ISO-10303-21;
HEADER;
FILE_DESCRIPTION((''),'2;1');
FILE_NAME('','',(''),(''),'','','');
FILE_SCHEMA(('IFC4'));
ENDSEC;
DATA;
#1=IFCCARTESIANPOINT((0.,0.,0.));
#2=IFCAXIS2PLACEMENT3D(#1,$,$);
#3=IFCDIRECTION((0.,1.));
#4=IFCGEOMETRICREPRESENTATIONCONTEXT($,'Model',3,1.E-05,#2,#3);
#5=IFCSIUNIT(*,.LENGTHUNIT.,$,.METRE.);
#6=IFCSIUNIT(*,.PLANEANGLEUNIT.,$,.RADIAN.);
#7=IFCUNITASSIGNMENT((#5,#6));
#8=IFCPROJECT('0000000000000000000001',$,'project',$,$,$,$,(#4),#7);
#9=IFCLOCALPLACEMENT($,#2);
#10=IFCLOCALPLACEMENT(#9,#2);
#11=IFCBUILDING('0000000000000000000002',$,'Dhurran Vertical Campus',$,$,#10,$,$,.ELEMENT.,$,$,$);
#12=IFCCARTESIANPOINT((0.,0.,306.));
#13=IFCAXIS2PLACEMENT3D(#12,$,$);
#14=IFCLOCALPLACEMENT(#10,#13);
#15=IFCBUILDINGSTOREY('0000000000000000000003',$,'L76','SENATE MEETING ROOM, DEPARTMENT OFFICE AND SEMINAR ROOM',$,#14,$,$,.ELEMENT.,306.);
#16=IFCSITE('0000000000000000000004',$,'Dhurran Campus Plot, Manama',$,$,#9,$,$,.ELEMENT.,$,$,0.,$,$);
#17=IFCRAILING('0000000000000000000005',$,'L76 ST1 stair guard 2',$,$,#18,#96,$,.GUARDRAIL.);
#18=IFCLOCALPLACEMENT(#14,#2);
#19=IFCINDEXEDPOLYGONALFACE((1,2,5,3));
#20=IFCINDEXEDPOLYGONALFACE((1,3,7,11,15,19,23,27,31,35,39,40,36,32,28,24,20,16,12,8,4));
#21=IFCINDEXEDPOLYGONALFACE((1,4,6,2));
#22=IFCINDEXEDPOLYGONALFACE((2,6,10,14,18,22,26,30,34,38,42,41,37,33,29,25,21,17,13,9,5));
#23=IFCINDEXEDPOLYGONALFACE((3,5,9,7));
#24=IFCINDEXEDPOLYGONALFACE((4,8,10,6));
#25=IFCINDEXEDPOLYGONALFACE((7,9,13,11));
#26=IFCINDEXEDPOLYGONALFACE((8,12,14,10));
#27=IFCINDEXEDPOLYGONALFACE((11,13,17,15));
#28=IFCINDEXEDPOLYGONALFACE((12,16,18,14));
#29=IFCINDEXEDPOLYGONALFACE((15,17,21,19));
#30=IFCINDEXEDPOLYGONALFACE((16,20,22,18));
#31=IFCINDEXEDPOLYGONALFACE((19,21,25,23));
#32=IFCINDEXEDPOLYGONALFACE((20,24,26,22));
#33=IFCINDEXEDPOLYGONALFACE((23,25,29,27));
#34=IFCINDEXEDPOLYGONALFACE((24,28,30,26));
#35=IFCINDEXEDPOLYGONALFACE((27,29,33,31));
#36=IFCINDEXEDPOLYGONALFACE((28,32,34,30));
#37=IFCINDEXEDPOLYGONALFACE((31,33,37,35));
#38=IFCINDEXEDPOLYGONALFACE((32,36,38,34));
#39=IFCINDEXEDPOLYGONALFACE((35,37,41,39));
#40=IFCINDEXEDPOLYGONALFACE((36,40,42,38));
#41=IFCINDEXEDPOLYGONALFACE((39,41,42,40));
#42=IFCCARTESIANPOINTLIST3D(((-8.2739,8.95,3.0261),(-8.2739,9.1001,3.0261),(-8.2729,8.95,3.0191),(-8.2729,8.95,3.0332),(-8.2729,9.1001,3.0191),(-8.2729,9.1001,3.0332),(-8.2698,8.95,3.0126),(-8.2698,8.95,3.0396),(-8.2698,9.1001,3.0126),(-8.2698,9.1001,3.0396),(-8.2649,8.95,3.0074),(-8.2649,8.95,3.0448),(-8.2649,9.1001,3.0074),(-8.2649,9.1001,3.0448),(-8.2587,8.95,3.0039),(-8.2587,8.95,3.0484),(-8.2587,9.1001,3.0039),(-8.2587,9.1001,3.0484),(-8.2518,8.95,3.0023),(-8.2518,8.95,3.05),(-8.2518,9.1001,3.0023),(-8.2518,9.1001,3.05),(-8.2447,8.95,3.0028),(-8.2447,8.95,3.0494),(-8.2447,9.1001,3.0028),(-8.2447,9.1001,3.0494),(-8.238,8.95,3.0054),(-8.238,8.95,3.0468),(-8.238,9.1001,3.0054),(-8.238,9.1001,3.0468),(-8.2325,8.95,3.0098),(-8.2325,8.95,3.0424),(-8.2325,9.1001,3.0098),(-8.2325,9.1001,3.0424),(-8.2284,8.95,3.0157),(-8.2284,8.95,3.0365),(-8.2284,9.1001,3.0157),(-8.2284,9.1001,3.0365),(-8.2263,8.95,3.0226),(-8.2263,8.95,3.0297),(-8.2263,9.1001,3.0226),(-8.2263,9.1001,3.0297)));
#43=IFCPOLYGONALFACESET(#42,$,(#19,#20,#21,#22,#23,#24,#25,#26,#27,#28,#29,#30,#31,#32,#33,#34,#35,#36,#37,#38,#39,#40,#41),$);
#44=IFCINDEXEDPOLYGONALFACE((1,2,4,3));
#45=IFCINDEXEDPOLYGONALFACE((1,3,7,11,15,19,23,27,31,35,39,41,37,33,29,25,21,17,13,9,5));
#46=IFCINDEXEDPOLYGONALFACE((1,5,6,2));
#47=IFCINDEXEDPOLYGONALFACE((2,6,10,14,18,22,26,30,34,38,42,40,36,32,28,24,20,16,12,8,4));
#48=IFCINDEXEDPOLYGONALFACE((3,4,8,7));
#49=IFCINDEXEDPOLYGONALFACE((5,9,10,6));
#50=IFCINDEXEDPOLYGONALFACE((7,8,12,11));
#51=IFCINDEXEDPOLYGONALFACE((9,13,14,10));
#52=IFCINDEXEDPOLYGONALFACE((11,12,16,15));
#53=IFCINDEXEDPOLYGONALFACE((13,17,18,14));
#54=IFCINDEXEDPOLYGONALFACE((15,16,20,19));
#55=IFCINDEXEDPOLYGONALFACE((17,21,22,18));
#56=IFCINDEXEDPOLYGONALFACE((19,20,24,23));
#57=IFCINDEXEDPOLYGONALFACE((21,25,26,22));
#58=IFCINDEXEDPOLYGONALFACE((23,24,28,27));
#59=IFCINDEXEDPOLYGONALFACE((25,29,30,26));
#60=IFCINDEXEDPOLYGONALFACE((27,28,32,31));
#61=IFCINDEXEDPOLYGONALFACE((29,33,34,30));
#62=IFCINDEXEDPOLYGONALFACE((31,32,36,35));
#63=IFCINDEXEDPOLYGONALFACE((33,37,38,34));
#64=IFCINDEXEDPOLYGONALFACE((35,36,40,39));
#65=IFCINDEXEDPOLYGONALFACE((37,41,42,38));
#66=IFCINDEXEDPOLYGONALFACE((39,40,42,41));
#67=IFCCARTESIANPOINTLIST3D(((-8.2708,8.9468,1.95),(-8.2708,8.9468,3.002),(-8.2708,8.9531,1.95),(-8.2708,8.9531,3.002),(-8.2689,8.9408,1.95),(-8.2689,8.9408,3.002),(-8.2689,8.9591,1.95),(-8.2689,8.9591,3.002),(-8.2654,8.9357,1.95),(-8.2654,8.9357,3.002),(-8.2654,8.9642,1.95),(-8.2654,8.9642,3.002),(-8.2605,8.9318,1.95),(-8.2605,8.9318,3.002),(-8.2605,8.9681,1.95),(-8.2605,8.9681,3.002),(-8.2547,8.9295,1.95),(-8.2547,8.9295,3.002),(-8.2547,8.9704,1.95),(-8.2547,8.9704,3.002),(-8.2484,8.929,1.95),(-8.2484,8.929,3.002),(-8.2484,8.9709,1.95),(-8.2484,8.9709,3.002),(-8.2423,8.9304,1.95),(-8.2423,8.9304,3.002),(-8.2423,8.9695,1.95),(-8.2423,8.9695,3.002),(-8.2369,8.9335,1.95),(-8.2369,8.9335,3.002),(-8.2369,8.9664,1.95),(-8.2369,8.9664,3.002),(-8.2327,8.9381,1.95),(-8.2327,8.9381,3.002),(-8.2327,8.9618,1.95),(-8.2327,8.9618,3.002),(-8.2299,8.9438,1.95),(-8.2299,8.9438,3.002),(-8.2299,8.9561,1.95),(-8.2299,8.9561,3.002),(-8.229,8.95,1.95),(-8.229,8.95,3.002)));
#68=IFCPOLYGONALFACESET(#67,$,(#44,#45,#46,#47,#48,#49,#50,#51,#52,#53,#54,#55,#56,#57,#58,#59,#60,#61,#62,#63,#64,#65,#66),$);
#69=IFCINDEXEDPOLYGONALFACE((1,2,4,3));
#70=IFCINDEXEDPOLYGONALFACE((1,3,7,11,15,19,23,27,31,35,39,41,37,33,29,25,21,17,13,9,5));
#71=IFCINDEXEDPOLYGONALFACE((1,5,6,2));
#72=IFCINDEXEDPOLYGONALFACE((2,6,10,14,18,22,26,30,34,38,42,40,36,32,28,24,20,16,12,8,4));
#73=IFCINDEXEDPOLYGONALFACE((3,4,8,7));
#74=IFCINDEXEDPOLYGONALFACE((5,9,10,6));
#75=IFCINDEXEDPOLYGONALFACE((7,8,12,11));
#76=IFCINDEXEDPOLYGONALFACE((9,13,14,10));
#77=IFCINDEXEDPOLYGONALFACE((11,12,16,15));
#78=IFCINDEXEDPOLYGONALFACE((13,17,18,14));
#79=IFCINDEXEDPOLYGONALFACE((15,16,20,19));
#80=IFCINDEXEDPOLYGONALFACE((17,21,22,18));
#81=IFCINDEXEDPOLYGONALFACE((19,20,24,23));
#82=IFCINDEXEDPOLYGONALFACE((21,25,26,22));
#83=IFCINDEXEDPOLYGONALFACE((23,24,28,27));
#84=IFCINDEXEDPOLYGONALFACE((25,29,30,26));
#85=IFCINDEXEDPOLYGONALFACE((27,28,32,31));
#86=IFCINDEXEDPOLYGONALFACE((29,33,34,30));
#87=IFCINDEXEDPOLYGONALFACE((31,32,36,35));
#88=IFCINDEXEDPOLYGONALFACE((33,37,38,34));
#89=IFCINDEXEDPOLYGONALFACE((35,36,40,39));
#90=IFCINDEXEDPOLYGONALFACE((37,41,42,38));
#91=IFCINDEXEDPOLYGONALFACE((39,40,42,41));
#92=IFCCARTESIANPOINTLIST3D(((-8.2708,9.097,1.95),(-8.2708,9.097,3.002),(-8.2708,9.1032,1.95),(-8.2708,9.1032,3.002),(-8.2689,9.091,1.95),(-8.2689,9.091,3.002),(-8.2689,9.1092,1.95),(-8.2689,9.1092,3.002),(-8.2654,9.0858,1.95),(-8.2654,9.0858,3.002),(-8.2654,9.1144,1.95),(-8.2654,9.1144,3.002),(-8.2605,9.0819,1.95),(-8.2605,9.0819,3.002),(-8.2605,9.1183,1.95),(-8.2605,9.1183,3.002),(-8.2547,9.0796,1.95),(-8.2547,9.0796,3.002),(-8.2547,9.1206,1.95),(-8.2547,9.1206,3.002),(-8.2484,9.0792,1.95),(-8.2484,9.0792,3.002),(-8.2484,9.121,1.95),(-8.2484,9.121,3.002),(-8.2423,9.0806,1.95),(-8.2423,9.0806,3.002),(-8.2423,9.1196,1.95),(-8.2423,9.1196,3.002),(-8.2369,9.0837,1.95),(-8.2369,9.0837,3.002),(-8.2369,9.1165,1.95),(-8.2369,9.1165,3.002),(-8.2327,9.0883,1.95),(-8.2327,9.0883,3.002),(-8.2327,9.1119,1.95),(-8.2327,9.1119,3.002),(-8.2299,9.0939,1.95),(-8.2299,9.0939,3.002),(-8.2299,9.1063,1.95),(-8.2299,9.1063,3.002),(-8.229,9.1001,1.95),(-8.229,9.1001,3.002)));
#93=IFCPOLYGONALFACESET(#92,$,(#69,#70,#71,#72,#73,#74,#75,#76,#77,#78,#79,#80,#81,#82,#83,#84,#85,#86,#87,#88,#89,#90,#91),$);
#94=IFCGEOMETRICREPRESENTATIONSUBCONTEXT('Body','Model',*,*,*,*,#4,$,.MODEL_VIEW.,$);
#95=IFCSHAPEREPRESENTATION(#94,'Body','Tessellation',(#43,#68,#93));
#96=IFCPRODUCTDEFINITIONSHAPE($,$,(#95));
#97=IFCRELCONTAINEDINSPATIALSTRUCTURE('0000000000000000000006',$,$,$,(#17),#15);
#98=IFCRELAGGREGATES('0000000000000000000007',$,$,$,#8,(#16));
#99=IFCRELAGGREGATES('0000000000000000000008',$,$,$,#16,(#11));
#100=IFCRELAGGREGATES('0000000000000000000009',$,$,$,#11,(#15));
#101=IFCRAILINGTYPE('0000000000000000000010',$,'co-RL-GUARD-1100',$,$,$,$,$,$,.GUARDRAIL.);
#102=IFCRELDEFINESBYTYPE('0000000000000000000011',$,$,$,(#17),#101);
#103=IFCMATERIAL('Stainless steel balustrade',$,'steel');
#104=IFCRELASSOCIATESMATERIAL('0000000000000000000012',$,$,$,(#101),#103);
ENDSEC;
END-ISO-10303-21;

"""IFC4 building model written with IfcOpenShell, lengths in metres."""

from ifc_helpers import new_model, si_unit, direction, frame, origin, origin_2d, place, context, subcontext, project, spatial, circle, extrude, material, type_object, element, save


model = new_model("IFC4")

# Units and contexts
model_context = context("Model", 3, precision=1e-05, world=origin(), true_north=direction((0.0, 1.0)))
body_context = subcontext(model_context, "Body", "Model", "MODEL_VIEW")
ifc_project = project(units=[si_unit("LENGTHUNIT", "METRE"), si_unit("PLANEANGLEUNIT", "RADIAN")], contexts=[model_context])

# Site, building, storey
site_placement = place(None, origin())
site = spatial("IfcSite", under=ifc_project, at=site_placement, Name="Dhurran Campus Plot, Manama", CompositionType="ELEMENT", RefElevation=0.0)
building_placement = place(site_placement, origin())
building = spatial("IfcBuilding", under=site, at=building_placement, Name="Dhurran Vertical Campus", CompositionType="ELEMENT")
storey_placement = place(building_placement, frame((0.0, 0.0, 306.0)))
storey = spatial("IfcBuildingStorey", under=building, at=storey_placement, Name="L76", Description="SENATE MEETING ROOM, DEPARTMENT OFFICE AND SEMINAR ROOM", CompositionType="ELEMENT", Elevation=306.0)

# Railing
ifc_material_1 = material(Name="Stainless steel balustrade", Category="steel")
railing_type_1 = type_object("IfcRailingType", Name="co-RL-GUARD-1100", PredefinedType="GUARDRAIL", material=ifc_material_1)
railing_1_placement = place(storey_placement, frame((-8.25, 8.95, 1.95)))
element("IfcRailing", 1, at=railing_1_placement, inside=storey, type_object=railing_type_1, Name="L76 ST1 stair guard 2", PredefinedType="GUARDRAIL", context=body_context, shape_type="SweptSolid", body=[
    extrude(circle(Radius=0.0239, at=origin_2d()), frame((0.0, 0.0, 1.0762), z_axis=(0.0, 1.0, 0.0), x_axis=(-1.0, 0.0, 0.0)), (0.0, 0.0, 1.0), 0.1501),
    extrude(circle(Radius=0.021, at=origin_2d()), origin(), (0.0, 0.0, 1.0), 1.052),
    extrude(circle(Radius=0.021, at=origin_2d()), frame((0.0, 0.1501, 0.0)), (0.0, 0.0, 1.0), 1.052),
])

save(model, "model.ifc")
